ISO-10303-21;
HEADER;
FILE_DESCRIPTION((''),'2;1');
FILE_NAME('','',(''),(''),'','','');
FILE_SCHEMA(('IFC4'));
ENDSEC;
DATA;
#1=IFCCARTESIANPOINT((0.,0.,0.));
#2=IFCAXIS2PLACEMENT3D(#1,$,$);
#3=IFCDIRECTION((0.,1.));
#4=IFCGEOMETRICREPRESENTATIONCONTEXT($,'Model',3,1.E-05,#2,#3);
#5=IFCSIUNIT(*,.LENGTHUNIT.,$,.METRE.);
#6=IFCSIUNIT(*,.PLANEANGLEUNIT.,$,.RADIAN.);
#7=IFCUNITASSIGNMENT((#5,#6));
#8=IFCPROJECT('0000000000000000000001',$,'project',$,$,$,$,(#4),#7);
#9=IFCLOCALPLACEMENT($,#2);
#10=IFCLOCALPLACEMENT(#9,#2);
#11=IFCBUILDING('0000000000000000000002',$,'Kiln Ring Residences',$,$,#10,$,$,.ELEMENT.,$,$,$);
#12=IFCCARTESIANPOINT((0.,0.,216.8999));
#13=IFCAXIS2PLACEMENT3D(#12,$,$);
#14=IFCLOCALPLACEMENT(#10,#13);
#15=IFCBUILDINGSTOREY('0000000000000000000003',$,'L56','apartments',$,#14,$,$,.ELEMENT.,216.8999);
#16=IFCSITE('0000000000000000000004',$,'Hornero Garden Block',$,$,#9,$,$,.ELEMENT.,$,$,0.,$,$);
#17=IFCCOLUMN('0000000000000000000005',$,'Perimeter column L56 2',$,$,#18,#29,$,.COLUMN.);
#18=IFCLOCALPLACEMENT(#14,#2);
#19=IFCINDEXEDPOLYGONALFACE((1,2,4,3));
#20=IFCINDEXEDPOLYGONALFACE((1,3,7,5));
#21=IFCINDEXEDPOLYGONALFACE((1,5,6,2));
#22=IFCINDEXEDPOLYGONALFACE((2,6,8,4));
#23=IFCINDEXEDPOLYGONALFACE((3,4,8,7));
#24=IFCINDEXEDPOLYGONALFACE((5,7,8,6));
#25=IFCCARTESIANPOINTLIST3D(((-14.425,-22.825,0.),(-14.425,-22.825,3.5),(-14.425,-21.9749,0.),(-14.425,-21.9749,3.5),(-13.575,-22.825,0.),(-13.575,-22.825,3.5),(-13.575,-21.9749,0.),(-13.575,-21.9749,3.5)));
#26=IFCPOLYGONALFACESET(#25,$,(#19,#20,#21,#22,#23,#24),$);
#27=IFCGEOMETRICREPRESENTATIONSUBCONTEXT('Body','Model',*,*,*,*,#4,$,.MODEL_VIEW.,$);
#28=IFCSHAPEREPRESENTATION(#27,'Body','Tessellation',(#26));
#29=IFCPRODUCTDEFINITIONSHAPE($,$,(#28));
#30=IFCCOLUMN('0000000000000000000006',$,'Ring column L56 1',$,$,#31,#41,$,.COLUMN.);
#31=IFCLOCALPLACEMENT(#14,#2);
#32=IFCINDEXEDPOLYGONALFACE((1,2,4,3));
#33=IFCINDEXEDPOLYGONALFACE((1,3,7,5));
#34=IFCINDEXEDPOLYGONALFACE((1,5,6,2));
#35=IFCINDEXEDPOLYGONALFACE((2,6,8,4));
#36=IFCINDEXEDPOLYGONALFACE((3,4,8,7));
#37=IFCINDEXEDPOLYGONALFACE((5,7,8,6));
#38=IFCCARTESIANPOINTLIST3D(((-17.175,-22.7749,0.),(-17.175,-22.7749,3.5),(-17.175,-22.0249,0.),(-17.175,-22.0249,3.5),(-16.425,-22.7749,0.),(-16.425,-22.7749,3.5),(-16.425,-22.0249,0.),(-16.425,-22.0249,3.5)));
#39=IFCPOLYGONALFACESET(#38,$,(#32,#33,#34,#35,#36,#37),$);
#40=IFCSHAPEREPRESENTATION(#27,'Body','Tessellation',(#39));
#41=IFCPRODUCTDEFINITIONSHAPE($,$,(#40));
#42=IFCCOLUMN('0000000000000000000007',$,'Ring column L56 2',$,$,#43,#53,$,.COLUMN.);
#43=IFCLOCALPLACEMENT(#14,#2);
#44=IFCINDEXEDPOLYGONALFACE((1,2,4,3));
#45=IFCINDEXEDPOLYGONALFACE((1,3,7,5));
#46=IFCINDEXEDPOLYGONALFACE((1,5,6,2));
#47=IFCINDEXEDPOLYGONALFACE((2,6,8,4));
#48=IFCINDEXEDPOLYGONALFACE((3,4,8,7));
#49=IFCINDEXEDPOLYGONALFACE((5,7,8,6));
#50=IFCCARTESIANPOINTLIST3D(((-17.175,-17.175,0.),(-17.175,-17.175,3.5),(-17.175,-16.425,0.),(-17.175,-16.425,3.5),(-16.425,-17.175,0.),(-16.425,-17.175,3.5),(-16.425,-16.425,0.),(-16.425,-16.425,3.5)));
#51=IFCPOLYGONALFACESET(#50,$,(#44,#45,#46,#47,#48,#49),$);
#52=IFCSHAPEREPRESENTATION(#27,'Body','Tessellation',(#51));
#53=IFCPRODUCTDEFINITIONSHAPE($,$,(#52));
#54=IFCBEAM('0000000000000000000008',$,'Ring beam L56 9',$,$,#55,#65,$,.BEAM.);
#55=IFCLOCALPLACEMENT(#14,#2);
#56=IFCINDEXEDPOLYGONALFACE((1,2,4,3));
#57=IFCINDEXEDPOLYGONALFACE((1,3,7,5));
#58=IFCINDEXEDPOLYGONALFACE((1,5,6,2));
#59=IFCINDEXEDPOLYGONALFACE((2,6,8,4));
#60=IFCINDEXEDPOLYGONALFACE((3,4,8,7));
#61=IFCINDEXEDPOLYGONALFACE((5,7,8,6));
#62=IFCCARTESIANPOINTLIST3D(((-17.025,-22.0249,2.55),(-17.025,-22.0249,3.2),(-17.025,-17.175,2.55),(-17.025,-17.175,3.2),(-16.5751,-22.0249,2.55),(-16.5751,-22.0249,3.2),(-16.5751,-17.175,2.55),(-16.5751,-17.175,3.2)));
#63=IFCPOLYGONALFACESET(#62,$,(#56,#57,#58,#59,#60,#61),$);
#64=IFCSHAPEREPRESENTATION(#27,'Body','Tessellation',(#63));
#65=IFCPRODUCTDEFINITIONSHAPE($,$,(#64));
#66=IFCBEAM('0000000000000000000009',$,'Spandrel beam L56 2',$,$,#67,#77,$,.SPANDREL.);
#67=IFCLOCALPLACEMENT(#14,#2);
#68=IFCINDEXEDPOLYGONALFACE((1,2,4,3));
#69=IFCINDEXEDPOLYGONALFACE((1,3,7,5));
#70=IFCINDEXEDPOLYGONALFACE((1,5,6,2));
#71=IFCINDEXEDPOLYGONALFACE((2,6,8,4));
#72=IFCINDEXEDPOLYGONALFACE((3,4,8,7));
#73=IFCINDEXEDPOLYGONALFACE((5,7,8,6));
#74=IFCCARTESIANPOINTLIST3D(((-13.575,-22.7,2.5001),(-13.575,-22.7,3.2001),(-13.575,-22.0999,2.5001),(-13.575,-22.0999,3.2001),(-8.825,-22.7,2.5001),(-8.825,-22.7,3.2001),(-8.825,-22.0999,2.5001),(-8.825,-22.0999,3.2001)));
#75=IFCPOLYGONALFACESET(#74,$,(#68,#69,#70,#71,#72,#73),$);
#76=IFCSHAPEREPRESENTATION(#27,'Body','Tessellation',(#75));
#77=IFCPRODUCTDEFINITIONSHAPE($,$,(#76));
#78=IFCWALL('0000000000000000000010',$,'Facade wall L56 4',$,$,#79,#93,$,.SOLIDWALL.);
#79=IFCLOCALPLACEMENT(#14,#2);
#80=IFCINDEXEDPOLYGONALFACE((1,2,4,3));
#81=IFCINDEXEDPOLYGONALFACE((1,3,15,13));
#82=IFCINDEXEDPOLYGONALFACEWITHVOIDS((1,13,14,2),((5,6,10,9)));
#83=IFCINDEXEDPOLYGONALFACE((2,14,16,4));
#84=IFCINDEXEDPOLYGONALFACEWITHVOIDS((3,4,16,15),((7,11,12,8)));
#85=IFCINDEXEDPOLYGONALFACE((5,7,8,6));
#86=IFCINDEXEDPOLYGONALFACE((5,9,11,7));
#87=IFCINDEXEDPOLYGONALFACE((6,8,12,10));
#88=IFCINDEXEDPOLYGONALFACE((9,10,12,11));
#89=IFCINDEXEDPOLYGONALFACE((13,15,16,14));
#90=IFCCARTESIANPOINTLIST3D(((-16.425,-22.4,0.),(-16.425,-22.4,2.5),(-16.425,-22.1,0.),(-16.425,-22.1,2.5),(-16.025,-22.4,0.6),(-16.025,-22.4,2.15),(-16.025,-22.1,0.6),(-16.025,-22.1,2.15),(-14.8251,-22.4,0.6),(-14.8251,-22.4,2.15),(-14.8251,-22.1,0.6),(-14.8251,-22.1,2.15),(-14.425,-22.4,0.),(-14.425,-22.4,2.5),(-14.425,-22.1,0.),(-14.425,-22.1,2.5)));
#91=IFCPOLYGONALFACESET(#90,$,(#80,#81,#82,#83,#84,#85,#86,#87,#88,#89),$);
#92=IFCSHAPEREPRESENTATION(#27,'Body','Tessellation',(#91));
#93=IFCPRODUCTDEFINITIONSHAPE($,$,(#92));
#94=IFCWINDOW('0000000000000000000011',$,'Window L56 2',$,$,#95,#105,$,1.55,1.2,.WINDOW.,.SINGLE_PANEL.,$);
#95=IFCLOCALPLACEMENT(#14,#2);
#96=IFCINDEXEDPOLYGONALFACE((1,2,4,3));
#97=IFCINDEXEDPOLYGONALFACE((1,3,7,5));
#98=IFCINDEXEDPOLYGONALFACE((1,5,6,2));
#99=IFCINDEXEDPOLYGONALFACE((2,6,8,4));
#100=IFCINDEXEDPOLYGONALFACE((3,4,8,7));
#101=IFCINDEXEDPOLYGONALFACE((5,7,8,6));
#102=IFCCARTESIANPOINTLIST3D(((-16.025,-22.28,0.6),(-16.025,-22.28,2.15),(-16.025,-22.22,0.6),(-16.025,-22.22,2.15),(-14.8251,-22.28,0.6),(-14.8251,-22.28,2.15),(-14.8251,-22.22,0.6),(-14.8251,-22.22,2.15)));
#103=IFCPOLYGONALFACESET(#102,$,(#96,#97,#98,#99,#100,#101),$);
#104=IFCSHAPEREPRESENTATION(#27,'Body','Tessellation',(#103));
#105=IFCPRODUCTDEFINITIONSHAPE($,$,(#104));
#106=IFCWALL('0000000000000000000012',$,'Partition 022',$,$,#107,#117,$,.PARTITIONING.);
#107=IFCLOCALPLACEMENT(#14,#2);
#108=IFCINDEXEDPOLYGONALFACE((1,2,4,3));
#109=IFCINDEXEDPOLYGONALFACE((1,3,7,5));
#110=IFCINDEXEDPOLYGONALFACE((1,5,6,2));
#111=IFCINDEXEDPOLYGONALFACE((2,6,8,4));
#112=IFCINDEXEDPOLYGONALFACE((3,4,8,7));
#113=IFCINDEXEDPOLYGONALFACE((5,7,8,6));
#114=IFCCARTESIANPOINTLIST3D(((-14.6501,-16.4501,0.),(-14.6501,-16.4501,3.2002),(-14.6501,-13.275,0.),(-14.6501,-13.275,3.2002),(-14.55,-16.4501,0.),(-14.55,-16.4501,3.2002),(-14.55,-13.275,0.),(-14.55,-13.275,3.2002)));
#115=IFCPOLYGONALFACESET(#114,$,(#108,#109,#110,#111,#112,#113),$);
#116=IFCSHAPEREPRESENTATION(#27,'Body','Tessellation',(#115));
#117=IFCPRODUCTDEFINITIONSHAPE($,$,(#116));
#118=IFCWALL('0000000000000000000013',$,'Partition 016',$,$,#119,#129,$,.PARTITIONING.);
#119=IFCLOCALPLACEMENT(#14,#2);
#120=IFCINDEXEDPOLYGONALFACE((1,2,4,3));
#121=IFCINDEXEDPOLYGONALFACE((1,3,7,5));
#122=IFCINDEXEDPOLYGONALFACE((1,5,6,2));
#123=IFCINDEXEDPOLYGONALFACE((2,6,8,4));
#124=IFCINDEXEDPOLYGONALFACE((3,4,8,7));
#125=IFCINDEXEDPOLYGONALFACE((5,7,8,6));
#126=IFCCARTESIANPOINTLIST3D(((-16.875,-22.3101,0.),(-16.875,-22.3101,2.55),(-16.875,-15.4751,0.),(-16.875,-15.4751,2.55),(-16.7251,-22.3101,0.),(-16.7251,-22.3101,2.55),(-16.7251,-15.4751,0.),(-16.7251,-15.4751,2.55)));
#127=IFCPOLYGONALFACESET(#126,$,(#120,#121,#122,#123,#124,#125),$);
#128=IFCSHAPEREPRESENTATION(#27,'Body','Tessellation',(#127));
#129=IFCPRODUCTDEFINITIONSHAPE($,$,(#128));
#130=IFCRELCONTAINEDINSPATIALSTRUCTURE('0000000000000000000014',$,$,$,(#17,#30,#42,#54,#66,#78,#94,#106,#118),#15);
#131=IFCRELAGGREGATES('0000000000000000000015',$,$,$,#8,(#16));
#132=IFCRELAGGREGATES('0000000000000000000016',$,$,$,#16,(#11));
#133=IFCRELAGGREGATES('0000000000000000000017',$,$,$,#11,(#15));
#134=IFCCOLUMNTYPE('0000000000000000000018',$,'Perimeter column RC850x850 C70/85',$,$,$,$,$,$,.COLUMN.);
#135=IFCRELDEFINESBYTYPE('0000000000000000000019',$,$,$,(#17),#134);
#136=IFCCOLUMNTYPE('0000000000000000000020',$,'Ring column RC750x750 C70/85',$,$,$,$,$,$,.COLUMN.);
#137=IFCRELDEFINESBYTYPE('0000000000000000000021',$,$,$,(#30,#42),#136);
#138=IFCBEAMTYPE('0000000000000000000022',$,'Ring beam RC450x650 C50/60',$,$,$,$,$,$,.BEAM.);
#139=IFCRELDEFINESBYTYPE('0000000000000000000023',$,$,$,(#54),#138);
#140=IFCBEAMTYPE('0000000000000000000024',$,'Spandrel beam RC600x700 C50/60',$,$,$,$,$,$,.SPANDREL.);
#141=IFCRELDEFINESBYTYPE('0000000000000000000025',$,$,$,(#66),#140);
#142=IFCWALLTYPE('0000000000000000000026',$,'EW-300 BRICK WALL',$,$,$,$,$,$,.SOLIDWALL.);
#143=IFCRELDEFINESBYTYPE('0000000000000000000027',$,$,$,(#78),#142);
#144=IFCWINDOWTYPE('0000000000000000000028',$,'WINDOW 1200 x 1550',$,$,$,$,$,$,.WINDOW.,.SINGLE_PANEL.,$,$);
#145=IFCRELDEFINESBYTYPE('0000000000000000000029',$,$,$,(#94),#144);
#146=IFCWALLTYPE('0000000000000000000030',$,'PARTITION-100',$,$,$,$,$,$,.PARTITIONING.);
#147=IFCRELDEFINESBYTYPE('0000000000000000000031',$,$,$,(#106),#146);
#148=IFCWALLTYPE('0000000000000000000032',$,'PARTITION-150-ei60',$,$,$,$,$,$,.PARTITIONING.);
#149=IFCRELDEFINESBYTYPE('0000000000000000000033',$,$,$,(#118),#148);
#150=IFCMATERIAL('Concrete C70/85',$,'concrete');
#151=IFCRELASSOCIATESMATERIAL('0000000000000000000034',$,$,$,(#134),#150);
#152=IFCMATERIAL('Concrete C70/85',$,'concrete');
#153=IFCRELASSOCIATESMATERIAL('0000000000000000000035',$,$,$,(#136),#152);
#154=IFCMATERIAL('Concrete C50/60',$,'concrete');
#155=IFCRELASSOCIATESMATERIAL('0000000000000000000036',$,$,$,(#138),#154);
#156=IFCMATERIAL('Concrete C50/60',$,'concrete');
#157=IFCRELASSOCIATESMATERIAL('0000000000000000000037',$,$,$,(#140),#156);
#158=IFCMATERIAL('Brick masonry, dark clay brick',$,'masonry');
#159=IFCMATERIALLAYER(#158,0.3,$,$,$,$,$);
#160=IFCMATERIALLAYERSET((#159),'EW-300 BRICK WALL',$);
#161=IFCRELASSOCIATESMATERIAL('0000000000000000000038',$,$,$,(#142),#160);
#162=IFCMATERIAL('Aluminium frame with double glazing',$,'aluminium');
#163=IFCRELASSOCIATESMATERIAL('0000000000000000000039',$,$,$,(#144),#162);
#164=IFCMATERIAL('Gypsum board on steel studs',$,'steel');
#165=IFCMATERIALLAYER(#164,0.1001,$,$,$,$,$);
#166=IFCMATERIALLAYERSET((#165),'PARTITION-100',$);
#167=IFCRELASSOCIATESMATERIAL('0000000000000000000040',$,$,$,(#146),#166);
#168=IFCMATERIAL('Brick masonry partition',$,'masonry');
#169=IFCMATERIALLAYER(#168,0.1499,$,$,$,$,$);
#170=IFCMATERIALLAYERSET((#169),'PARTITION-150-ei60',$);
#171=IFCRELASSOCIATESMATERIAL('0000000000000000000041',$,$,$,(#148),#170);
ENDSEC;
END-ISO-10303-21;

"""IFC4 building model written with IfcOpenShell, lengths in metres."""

from ifc_helpers import new_model, si_unit, direction, frame, frame_2d, origin, origin_2d, place, context, subcontext, project, spatial, rectangle, extrude, material, layer, layer_set, material_profile, profile_set, type_object, element, fill, save


model = new_model("IFC4")

# Units and contexts
model_context = context("Model", 3, precision=1e-05, world=origin(), true_north=direction((0.0, 1.0)))
body_context = subcontext(model_context, "Body", "Model", "MODEL_VIEW")
ifc_project = project(units=[si_unit("LENGTHUNIT", "METRE"), si_unit("PLANEANGLEUNIT", "RADIAN")], contexts=[model_context])

# Site, building, storey
site_placement = place(None, origin())
site = spatial("IfcSite", under=ifc_project, at=site_placement, Name="Hornero Garden Block", CompositionType="ELEMENT", RefElevation=0.0)
building_placement = place(site_placement, origin())
building = spatial("IfcBuilding", under=site, at=building_placement, Name="Kiln Ring Residences", CompositionType="ELEMENT")
storey_placement = place(building_placement, frame((0.0, 0.0, 216.8999)))
storey = spatial("IfcBuildingStorey", under=building, at=storey_placement, Name="L56", Description="apartments", CompositionType="ELEMENT", Elevation=216.8999)

# Columns
ifc_material_1 = material(Name="Concrete C70/85", Category="concrete")
ifc_material_profile_1 = material_profile(ifc_material_1, rectangle(XDim=0.8501, YDim=0.8501, at=origin_2d()), Name="RC850x850")
ifc_profile_set_1 = profile_set([ifc_material_profile_1], Name="Concrete C70/85")
column_type_1 = type_object("IfcColumnType", Name="Perimeter column RC850x850 C70/85", PredefinedType="COLUMN", material=ifc_profile_set_1)
column_placement = place(storey_placement, frame((-14.0, -22.3999, 0.0), z_axis=(0.0, 0.0, 1.0), x_axis=(1.0, 0.0, 0.0)))
element("IfcColumn", 1, at=column_placement, inside=storey, type_object=column_type_1, Name="Perimeter column L56 2", PredefinedType="COLUMN", context=body_context, shape_type="SweptSolid", body=[
    extrude(rectangle(XDim=0.8501, YDim=0.8501, at=origin_2d()), origin(), (0.0, 0.0, 1.0), 3.5),
])
ifc_material_2 = material(Name="Concrete C70/85", Category="concrete")
ifc_material_profile_2 = material_profile(ifc_material_2, rectangle(XDim=0.75, YDim=0.75, at=origin_2d()), Name="RC750x750")
ifc_profile_set_2 = profile_set([ifc_material_profile_2], Name="Concrete C70/85")
column_type_2 = type_object("IfcColumnType", Name="Ring column RC750x750 C70/85", PredefinedType="COLUMN", material=ifc_profile_set_2)
for number, where, z_axis, x_axis, name in (
    (2, (-16.8, -22.3999, 0.0), (0.0, 0.0, 1.0), (1.0, 0.0, 0.0), "Ring column L56 1"),
    (3, (-16.8, -16.8, 0.0), (0.0, 0.0, 1.0), (1.0, 0.0, 0.0), "Ring column L56 2"),
):
    element("IfcColumn", number, at=place(storey_placement, frame(where, z_axis=z_axis, x_axis=x_axis)), inside=storey, type_object=column_type_2, Name=name, PredefinedType="COLUMN", context=body_context, shape_type="SweptSolid", body=[
        extrude(rectangle(XDim=0.75, YDim=0.75, at=origin_2d()), origin(), (0.0, 0.0, 1.0), 3.5),
    ])

# Beams
ifc_material_3 = material(Name="Concrete C50/60", Category="concrete")
ifc_material_profile_3 = material_profile(ifc_material_3, rectangle(XDim=0.45, YDim=0.6499, at=origin_2d()), Name="RC450x650")
ifc_profile_set_3 = profile_set([ifc_material_profile_3], Name="Concrete C50/60")
beam_type_1 = type_object("IfcBeamType", Name="Ring beam RC450x650 C50/60", PredefinedType="BEAM", material=ifc_profile_set_3)
beam_1_placement = place(storey_placement, frame((-16.8, -17.175, 2.875), z_axis=(0.0, -1.0, 0.0), x_axis=(1.0, 0.0, 0.0)))
element("IfcBeam", 4, at=beam_1_placement, inside=storey, type_object=beam_type_1, Name="Ring beam L56 9", PredefinedType="BEAM", context=body_context, shape_type="SweptSolid", body=[
    extrude(rectangle(XDim=0.45, YDim=0.6499, at=origin_2d()), origin(), (0.0, 0.0, 1.0), 4.8499),
])
ifc_material_4 = material(Name="Concrete C50/60", Category="concrete")
ifc_material_profile_4 = material_profile(ifc_material_4, rectangle(XDim=0.6001, YDim=0.7, at=origin_2d()), Name="RC600x700")
ifc_profile_set_4 = profile_set([ifc_material_profile_4], Name="Concrete C50/60")
beam_type_2 = type_object("IfcBeamType", Name="Spandrel beam RC600x700 C50/60", PredefinedType="SPANDREL", material=ifc_profile_set_4)
beam_2_placement = place(storey_placement, frame((-13.575, -22.3999, 2.8501), z_axis=(1.0, 0.0, 0.0), x_axis=(0.0, 1.0, 0.0)))
element("IfcBeam", 5, at=beam_2_placement, inside=storey, type_object=beam_type_2, Name="Spandrel beam L56 2", PredefinedType="SPANDREL", context=body_context, shape_type="SweptSolid", body=[
    extrude(rectangle(XDim=0.6001, YDim=0.7, at=origin_2d()), origin(), (0.0, 0.0, 1.0), 4.75),
])

# Wall, opening, window
ifc_material_5 = material(Name="Brick masonry, dark clay brick", Category="masonry")
ifc_layer_1 = layer(ifc_material_5, 0.3)
ifc_layer_set_1 = layer_set([ifc_layer_1], Name="EW-300 BRICK WALL")
wall_type_1 = type_object("IfcWallType", Name="EW-300 BRICK WALL", PredefinedType="SOLIDWALL", material=ifc_layer_set_1)
wall_1_placement = place(storey_placement, frame((-16.425, -22.25, 0.0), z_axis=(0.0, 0.0, 1.0), x_axis=(1.0, 0.0, 0.0)))
wall_1 = element("IfcWall", 6, at=wall_1_placement, inside=storey, type_object=wall_type_1, Name="Facade wall L56 4", PredefinedType="SOLIDWALL", context=body_context, shape_type="SweptSolid", body=[
    extrude(rectangle(XDim=2.0, YDim=0.3, at=frame_2d((1.0, 0.0))), origin(), (0.0, 0.0, 1.0), 2.5),
])
opening_1_placement = place(wall_1_placement, frame((0.3999, 0.0, 0.6001)))
opening_1 = element("IfcOpeningElement", 7, at=opening_1_placement, cuts=wall_1, PredefinedType="OPENING", context=body_context, shape_type="SweptSolid", body=[
    extrude(rectangle(XDim=1.2, YDim=1.55, at=frame_2d((0.6001, 0.7749))), frame((0.0, 0.1599, 0.0), z_axis=(0.0, -1.0, 0.0), x_axis=(1.0, 0.0, 0.0)), (0.0, 0.0, 1.0), 0.3201),
])
ifc_material_6 = material(Name="Aluminium frame with double glazing", Category="aluminium")
window_type = type_object("IfcWindowType", Name="WINDOW 1200 x 1550", PartitioningType="SINGLE_PANEL", PredefinedType="WINDOW", material=ifc_material_6)
window_placement = place(opening_1_placement, origin())
window = element("IfcWindow", 8, at=window_placement, inside=storey, type_object=window_type, Name="Window L56 2", OverallHeight=1.55, OverallWidth=1.2, PartitioningType="SINGLE_PANEL", PredefinedType="WINDOW", context=body_context, shape_type="SweptSolid", body=[
    extrude(rectangle(XDim=1.2, YDim=1.55, at=frame_2d((0.6001, 0.7749))), frame((0.0, 0.03, 0.0), z_axis=(0.0, -1.0, 0.0), x_axis=(1.0, 0.0, 0.0)), (0.0, 0.0, 1.0), 0.0601),
])
fill(opening_1, window)

# Shared definitions
ifc_material_7 = material(Name="Gypsum board on steel studs", Category="steel")
ifc_layer_2 = layer(ifc_material_7, 0.1001)
ifc_layer_set_2 = layer_set([ifc_layer_2], Name="PARTITION-100")
wall_type_2 = type_object("IfcWallType", Name="PARTITION-100", PredefinedType="PARTITIONING", material=ifc_layer_set_2)

# Walls
wall_2_placement = place(storey_placement, frame((-14.6001, -16.45, 0.0), z_axis=(0.0, 0.0, 1.0), x_axis=(0.0, 1.0, 0.0)))
element("IfcWall", 9, at=wall_2_placement, inside=storey, type_object=wall_type_2, Name="Partition 022", PredefinedType="PARTITIONING", context=body_context, shape_type="SweptSolid", body=[
    extrude(rectangle(XDim=3.175, YDim=0.1001, at=frame_2d((1.5874, 0.0))), origin(), (0.0, 0.0, 1.0), 3.2002),
])
ifc_material_8 = material(Name="Brick masonry partition", Category="masonry")
ifc_layer_3 = layer(ifc_material_8, 0.1499)
ifc_layer_set_3 = layer_set([ifc_layer_3], Name="PARTITION-150-ei60")
wall_type_3 = type_object("IfcWallType", Name="PARTITION-150-ei60", PredefinedType="PARTITIONING", material=ifc_layer_set_3)
wall_3_placement = place(storey_placement, frame((-16.8, -22.3101, 0.0), z_axis=(0.0, 0.0, 1.0), x_axis=(0.0, 1.0, 0.0)))
element("IfcWall", 10, at=wall_3_placement, inside=storey, type_object=wall_type_3, Name="Partition 016", PredefinedType="PARTITIONING", context=body_context, shape_type="SweptSolid", body=[
    extrude(rectangle(XDim=6.835, YDim=0.1499, at=frame_2d((3.4175, 0.0))), origin(), (0.0, 0.0, 1.0), 2.55),
])

save(model, "model.ifc")
